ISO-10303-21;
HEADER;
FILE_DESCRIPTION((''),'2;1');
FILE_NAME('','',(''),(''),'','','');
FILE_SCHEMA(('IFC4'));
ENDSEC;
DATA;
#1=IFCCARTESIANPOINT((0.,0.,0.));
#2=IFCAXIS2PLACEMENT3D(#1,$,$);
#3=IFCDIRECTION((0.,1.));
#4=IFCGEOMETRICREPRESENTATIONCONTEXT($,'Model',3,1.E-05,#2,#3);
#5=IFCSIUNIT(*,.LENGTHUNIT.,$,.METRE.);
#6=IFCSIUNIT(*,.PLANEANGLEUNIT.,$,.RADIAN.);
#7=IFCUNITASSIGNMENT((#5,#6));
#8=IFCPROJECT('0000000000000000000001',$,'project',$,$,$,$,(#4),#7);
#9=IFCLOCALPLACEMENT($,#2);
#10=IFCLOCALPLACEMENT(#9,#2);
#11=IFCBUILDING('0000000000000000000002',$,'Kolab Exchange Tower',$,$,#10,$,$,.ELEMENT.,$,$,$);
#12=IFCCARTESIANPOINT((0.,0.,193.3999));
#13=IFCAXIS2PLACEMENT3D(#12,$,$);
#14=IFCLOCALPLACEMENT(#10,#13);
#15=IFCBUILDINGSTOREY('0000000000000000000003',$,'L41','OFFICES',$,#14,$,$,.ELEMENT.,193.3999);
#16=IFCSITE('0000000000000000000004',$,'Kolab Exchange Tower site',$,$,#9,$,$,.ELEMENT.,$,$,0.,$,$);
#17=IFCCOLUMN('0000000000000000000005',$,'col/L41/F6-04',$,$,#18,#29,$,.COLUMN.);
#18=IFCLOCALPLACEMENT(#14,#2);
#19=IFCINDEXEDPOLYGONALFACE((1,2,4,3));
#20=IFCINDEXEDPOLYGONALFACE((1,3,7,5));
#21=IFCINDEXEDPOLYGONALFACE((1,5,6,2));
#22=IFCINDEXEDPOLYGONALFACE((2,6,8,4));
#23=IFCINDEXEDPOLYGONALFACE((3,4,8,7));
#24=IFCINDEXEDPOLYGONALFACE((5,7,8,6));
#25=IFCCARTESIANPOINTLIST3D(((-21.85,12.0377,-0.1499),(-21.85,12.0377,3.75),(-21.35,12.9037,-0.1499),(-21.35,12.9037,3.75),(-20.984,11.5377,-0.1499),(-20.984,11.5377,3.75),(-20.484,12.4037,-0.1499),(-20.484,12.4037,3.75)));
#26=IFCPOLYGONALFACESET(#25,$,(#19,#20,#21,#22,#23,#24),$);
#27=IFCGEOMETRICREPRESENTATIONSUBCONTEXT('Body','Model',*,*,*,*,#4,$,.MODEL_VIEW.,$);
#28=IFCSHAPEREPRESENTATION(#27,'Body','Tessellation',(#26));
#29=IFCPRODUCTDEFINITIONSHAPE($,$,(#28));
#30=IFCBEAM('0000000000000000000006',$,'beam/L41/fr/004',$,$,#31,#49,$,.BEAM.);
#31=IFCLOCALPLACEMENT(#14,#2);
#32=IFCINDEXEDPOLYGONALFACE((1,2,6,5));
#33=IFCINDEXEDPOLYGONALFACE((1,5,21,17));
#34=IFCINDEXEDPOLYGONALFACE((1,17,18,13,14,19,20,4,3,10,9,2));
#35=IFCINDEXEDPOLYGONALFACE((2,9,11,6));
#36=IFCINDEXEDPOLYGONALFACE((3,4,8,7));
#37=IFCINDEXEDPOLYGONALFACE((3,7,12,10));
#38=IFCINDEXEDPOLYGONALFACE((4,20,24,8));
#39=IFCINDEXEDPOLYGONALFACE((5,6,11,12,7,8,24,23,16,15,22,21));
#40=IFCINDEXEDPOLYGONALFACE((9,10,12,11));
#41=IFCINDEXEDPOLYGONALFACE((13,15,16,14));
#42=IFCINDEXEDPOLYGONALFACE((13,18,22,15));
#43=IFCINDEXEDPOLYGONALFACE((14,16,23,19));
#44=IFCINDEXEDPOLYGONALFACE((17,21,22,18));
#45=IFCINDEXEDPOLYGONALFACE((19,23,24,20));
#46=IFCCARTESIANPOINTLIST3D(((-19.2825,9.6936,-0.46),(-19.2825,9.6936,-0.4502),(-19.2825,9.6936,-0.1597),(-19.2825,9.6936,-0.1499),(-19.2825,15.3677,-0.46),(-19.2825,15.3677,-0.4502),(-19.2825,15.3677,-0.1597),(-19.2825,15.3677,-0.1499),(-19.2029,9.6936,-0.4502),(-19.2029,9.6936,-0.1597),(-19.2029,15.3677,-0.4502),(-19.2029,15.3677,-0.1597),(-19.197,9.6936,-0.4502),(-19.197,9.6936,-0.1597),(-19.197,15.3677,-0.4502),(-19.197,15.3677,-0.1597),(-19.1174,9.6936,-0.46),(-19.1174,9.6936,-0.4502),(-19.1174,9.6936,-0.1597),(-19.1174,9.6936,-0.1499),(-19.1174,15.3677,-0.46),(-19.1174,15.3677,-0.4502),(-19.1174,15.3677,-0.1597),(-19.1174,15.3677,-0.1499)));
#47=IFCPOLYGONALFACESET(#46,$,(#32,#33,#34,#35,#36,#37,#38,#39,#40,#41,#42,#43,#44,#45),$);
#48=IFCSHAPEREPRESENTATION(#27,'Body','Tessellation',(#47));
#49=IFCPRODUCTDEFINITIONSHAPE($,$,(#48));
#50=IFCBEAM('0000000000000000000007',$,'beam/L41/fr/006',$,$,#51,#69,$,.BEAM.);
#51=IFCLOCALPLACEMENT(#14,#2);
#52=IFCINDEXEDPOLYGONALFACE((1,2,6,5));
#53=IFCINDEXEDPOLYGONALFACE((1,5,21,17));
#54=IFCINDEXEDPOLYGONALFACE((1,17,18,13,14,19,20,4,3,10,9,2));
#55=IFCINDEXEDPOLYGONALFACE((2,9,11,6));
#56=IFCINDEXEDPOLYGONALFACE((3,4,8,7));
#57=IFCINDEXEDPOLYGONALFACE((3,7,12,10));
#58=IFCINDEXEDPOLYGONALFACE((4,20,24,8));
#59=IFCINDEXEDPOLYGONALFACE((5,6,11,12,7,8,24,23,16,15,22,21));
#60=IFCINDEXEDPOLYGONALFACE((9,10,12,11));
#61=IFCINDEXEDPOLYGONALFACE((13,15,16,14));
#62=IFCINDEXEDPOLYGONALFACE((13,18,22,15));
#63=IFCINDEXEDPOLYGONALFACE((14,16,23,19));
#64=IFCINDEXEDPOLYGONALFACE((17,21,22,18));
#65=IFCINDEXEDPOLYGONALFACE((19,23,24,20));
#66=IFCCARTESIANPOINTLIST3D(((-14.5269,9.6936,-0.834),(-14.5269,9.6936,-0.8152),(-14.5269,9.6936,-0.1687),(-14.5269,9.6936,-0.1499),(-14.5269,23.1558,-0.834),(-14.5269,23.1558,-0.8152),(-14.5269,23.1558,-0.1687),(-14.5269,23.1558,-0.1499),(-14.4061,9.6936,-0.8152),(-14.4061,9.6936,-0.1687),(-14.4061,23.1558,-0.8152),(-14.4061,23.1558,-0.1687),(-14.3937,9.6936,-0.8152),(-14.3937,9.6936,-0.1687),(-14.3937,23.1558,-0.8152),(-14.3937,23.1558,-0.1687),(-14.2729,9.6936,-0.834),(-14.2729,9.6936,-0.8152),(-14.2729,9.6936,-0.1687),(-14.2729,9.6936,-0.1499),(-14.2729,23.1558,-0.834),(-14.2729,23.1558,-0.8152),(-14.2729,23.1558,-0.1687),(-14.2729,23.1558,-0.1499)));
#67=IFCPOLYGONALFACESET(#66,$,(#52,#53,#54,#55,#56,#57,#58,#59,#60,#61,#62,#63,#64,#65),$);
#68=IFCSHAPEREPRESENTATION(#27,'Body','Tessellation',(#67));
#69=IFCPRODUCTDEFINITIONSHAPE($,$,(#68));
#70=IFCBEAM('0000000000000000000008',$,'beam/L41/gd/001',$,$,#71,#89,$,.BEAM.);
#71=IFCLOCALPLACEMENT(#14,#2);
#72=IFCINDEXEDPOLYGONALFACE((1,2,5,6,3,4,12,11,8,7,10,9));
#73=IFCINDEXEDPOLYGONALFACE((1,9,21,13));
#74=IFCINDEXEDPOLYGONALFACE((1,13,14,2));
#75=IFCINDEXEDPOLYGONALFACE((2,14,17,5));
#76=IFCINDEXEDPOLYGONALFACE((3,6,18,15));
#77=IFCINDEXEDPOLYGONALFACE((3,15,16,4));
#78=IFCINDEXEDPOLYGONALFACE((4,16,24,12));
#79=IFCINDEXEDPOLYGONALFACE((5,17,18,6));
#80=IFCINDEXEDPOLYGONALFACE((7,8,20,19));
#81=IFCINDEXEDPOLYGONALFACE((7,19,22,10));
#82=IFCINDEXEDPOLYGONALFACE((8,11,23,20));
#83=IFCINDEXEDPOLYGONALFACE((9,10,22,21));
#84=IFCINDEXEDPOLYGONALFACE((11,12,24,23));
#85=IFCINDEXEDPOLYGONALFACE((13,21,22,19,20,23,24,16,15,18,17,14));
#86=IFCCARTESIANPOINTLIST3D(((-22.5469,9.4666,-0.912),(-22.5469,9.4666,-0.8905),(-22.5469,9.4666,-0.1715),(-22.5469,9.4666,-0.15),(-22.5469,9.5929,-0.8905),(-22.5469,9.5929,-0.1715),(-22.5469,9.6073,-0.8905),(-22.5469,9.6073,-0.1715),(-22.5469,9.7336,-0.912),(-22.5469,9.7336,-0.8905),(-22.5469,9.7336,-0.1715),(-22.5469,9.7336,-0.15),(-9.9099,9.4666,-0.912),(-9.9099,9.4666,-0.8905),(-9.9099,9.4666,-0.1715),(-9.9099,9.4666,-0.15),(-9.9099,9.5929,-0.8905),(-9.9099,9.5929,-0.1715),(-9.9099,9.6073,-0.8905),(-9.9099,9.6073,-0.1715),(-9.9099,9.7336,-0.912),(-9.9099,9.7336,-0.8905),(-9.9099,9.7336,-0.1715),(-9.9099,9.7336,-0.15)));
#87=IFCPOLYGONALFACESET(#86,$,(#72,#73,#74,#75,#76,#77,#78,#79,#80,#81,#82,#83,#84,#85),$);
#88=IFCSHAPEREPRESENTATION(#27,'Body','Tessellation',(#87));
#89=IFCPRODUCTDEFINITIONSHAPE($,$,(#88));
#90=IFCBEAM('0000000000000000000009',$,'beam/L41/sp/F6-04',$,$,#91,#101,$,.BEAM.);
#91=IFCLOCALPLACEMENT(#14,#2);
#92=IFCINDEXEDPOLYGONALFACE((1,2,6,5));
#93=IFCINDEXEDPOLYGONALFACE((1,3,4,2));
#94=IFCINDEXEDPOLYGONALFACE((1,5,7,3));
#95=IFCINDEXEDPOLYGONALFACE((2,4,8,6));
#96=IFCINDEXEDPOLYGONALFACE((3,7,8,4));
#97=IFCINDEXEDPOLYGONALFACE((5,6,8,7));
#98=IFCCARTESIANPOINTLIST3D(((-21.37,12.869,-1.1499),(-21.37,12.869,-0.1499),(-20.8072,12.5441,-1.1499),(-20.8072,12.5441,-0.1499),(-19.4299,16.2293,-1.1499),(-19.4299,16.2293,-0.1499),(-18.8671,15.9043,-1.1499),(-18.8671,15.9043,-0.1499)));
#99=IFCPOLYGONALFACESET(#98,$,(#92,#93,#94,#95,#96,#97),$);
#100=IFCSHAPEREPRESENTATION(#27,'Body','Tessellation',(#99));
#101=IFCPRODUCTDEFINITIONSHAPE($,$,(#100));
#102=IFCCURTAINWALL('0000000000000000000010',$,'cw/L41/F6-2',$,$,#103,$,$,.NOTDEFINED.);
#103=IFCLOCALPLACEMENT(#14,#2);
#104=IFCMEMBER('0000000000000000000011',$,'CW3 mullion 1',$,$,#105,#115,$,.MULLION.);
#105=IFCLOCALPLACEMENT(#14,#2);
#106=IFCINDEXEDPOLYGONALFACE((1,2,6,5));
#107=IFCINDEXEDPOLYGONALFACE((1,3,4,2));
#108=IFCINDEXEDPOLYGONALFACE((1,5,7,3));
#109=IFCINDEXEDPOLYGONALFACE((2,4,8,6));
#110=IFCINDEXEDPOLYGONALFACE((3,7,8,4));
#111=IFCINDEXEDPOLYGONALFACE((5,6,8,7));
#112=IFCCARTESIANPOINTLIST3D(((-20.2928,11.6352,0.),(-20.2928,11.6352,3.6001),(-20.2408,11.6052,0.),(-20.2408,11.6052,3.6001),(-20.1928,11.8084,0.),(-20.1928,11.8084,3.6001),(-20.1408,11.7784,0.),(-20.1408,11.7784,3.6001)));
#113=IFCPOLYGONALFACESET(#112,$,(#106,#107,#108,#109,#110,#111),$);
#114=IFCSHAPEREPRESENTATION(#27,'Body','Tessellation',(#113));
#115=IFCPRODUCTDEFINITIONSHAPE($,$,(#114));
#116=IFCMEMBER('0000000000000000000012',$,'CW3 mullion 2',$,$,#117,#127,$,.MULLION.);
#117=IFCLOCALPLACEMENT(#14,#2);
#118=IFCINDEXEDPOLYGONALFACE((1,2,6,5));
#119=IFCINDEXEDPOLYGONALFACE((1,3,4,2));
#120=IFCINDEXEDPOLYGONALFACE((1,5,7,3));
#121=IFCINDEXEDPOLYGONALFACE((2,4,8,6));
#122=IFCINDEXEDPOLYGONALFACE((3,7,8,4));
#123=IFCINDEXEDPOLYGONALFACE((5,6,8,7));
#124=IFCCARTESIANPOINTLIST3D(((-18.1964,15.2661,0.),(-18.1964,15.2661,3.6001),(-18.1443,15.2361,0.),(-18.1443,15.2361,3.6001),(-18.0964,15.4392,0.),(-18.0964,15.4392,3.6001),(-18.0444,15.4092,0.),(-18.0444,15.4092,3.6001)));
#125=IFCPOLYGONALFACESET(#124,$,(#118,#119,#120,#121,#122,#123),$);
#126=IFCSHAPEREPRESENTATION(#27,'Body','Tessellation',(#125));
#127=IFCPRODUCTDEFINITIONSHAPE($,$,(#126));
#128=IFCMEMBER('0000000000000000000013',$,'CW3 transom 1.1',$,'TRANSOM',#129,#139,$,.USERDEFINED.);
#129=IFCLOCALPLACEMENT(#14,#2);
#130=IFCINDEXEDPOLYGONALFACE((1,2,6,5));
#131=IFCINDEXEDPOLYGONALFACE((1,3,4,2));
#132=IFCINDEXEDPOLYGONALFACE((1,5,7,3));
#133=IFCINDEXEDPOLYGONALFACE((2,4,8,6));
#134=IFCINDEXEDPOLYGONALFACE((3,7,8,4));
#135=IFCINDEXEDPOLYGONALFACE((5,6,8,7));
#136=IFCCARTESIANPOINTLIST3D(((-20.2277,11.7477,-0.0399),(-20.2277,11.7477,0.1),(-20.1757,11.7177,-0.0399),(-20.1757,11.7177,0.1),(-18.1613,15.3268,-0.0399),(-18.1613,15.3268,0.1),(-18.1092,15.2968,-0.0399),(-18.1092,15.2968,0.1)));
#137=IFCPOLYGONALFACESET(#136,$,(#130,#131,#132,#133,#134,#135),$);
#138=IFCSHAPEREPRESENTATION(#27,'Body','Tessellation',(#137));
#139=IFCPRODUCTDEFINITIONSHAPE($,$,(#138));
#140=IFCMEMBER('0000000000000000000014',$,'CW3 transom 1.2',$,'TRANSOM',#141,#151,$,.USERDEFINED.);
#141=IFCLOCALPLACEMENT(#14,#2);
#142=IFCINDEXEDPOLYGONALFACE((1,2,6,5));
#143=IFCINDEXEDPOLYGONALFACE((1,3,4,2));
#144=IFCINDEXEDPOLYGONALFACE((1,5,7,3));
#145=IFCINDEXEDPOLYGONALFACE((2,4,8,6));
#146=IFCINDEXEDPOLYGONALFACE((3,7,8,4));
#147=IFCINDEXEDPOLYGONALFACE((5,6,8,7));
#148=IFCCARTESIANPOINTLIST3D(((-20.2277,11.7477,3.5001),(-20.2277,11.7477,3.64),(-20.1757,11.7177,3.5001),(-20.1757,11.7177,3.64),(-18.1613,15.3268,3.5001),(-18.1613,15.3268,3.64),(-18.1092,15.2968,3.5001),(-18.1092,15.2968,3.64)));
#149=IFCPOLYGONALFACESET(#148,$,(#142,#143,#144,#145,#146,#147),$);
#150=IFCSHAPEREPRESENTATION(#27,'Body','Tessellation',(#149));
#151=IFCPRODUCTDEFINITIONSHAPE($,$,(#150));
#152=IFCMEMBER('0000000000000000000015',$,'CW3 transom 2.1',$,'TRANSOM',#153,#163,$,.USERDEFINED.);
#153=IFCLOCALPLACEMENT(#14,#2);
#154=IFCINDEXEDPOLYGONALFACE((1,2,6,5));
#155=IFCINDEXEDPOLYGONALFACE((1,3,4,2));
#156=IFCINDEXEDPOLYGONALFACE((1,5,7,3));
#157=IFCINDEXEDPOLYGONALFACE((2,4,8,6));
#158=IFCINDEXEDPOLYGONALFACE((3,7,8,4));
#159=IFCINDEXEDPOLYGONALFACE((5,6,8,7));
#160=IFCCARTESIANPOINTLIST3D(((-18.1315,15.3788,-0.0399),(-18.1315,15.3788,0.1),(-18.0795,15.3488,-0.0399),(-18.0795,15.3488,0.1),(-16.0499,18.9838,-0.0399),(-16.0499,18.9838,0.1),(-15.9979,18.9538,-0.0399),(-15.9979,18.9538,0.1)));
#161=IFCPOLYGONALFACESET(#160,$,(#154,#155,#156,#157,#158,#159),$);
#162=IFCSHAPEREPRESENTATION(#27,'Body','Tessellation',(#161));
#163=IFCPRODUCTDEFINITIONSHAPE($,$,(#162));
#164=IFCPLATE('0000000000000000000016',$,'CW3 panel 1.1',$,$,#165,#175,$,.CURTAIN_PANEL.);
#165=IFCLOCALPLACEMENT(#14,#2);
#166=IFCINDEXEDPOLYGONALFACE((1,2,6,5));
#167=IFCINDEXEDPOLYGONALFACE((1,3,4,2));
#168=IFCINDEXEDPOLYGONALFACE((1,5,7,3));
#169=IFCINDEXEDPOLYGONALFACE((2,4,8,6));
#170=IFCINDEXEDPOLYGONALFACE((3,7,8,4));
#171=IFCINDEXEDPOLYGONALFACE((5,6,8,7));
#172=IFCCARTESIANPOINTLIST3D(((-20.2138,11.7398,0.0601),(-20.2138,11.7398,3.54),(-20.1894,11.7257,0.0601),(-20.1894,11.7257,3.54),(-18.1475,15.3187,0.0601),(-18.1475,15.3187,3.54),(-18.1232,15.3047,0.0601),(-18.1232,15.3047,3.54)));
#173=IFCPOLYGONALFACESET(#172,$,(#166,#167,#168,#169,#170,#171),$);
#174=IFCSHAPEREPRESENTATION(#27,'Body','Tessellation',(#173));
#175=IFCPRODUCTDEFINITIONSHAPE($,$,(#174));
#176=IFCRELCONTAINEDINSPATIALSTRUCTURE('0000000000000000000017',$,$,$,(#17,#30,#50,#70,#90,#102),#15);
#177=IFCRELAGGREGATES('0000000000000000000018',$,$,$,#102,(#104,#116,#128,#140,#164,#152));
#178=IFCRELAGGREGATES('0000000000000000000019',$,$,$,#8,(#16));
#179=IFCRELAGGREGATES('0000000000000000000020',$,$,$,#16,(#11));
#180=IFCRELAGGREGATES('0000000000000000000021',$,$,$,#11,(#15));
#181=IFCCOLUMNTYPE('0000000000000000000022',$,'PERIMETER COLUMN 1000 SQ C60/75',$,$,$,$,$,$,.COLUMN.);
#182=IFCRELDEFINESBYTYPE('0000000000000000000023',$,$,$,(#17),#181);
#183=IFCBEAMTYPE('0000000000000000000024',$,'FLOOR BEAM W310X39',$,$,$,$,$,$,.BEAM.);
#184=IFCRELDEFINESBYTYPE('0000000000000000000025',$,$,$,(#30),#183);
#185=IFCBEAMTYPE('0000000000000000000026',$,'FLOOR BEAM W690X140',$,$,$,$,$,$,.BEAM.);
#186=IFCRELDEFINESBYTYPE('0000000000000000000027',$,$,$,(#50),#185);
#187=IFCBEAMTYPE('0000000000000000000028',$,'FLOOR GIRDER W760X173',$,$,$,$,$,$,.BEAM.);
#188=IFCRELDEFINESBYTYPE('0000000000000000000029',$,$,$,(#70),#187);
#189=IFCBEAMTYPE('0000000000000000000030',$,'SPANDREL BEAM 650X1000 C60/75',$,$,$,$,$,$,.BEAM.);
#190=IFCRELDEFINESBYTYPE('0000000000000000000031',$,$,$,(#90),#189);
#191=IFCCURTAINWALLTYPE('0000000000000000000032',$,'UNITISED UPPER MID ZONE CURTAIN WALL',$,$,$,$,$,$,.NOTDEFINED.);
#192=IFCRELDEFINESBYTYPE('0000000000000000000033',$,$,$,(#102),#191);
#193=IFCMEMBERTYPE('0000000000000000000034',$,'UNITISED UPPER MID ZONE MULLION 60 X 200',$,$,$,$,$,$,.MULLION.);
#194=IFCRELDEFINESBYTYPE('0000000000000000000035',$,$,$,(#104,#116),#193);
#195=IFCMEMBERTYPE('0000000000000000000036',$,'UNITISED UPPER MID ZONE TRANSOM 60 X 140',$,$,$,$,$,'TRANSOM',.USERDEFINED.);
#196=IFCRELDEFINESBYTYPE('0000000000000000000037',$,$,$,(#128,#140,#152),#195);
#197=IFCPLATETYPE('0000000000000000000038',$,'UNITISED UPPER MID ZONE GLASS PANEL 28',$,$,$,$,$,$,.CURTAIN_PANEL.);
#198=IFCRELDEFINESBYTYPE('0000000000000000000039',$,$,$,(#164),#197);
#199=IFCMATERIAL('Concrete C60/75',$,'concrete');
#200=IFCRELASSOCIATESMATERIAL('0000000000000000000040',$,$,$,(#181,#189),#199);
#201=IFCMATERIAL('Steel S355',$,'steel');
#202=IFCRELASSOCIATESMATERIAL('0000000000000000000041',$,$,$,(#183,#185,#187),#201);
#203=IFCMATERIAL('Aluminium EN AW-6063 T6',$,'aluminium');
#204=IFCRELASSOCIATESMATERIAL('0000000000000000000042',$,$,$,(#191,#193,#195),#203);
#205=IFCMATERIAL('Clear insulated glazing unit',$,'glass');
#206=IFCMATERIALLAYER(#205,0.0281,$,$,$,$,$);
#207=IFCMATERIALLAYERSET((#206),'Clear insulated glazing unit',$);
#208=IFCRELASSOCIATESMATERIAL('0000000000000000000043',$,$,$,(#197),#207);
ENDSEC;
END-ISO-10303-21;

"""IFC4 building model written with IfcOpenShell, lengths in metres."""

from ifc_helpers import new_model, si_unit, direction, frame, origin, origin_2d, place, context, subcontext, project, spatial, rectangle, i_section, extrude, material, layer, layer_set, material_profile, profile_set, type_object, element, aggregate, save


model = new_model("IFC4")

# Units and contexts
model_context = context("Model", 3, precision=1e-05, world=origin(), true_north=direction((0.0, 1.0)))
body_context = subcontext(model_context, "Body", "Model", "MODEL_VIEW")
ifc_project = project(units=[si_unit("LENGTHUNIT", "METRE"), si_unit("PLANEANGLEUNIT", "RADIAN")], contexts=[model_context])

# Site, building, storey
site_placement = place(None, origin())
site = spatial("IfcSite", under=ifc_project, at=site_placement, Name="Kolab Exchange Tower site", CompositionType="ELEMENT", RefElevation=0.0)
building_placement = place(site_placement, origin())
building = spatial("IfcBuilding", under=site, at=building_placement, Name="Kolab Exchange Tower", CompositionType="ELEMENT")
storey_placement = place(building_placement, frame((0.0, 0.0, 193.3999)))
storey = spatial("IfcBuildingStorey", under=building, at=storey_placement, Name="L41", Description="OFFICES", CompositionType="ELEMENT", Elevation=193.3999)

# Column
ifc_material_1 = material(Name="Concrete C60/75", Category="concrete")
ifc_material_profile_1 = material_profile(ifc_material_1, rectangle(XDim=1.0, YDim=1.0, at=origin_2d()), Name="RC1000")
ifc_profile_set_1 = profile_set([ifc_material_profile_1], Name="Concrete C60/75")
column_type = type_object("IfcColumnType", Name="PERIMETER COLUMN 1000 SQ C60/75", PredefinedType="COLUMN", material=ifc_profile_set_1)
column_placement = place(storey_placement, frame((-21.167, 12.2207, -0.1499), z_axis=(0.0, 0.0, 1.0), x_axis=(0.5, 0.866025, 0.0)))
element("IfcColumn", 1, at=column_placement, inside=storey, type_object=column_type, Name="col/L41/F6-04", PredefinedType="COLUMN", context=body_context, shape_type="SweptSolid", body=[
    extrude(rectangle(XDim=1.0, YDim=1.0, at=origin_2d()), origin(), (0.0, 0.0, 1.0), 3.8999),
])

# Beams
ifc_material_2 = material(Name="Steel S355", Category="steel")
ifc_material_profile_2 = material_profile(ifc_material_2, i_section(OverallWidth=0.165, OverallDepth=0.3101, WebThickness=0.0059, FlangeThickness=0.0098, at=origin_2d()), Name="W310X39")
ifc_profile_set_2 = profile_set([ifc_material_profile_2], Name="Steel S355")
beam_type_1 = type_object("IfcBeamType", Name="FLOOR BEAM W310X39", PredefinedType="BEAM", material=ifc_profile_set_2)
beam_1_placement = place(storey_placement, frame((-19.2, 9.6936, -0.3049), z_axis=(0.0, 1.0, 0.0), x_axis=(-1.0, 0.0, 0.0)))
element("IfcBeam", 2, at=beam_1_placement, inside=storey, type_object=beam_type_1, Name="beam/L41/fr/004", PredefinedType="BEAM", context=body_context, shape_type="SweptSolid", body=[
    extrude(i_section(OverallWidth=0.165, OverallDepth=0.3101, WebThickness=0.0059, FlangeThickness=0.0098, at=origin_2d()), origin(), (0.0, 0.0, 1.0), 5.6741),
])
ifc_material_profile_3 = material_profile(ifc_material_2, i_section(OverallWidth=0.2539, OverallDepth=0.6841, WebThickness=0.0125, FlangeThickness=0.0188, at=origin_2d()), Name="W690X140")
ifc_profile_set_3 = profile_set([ifc_material_profile_3], Name="Steel S355")
beam_type_2 = type_object("IfcBeamType", Name="FLOOR BEAM W690X140", PredefinedType="BEAM", material=ifc_profile_set_3)
beam_2_placement = place(storey_placement, frame((-14.3999, 9.6936, -0.4919), z_axis=(0.0, 1.0, 0.0), x_axis=(-1.0, 0.0, 0.0)))
element("IfcBeam", 3, at=beam_2_placement, inside=storey, type_object=beam_type_2, Name="beam/L41/fr/006", PredefinedType="BEAM", context=body_context, shape_type="SweptSolid", body=[
    extrude(i_section(OverallWidth=0.2539, OverallDepth=0.6841, WebThickness=0.0125, FlangeThickness=0.0188, at=origin_2d()), origin(), (0.0, 0.0, 1.0), 13.4622),
])
ifc_material_profile_4 = material_profile(ifc_material_2, i_section(OverallWidth=0.2671, OverallDepth=0.762, WebThickness=0.0144, FlangeThickness=0.0215, at=origin_2d()), Name="W760X173")
ifc_profile_set_4 = profile_set([ifc_material_profile_4], Name="Steel S355")
beam_type_3 = type_object("IfcBeamType", Name="FLOOR GIRDER W760X173", PredefinedType="BEAM", material=ifc_profile_set_4)
beam_3_placement = place(storey_placement, frame((-22.5469, 9.6001, -0.531), z_axis=(1.0, 0.0, 0.0), x_axis=(0.0, 1.0, 0.0)))
element("IfcBeam", 4, at=beam_3_placement, inside=storey, type_object=beam_type_3, Name="beam/L41/gd/001", PredefinedType="BEAM", context=body_context, shape_type="SweptSolid", body=[
    extrude(i_section(OverallWidth=0.2671, OverallDepth=0.762, WebThickness=0.0144, FlangeThickness=0.0215, at=origin_2d()), origin(), (0.0, 0.0, 1.0), 12.637),
])
ifc_material_profile_5 = material_profile(ifc_material_1, rectangle(XDim=0.6499, YDim=1.0, at=origin_2d()), Name="RC650X1000")
ifc_profile_set_5 = profile_set([ifc_material_profile_5], Name="Concrete C60/75")
beam_type_4 = type_object("IfcBeamType", Name="SPANDREL BEAM 650X1000 C60/75", PredefinedType="BEAM", material=ifc_profile_set_5)
beam_4_placement = place(storey_placement, frame((-21.0886, 12.7065, -0.6499), z_axis=(0.500017, 0.866016, 0.0), x_axis=(-0.866016, 0.500017, 0.0)))
element("IfcBeam", 5, at=beam_4_placement, inside=storey, type_object=beam_type_4, Name="beam/L41/sp/F6-04", PredefinedType="BEAM", context=body_context, shape_type="SweptSolid", body=[
    extrude(rectangle(XDim=0.6499, YDim=1.0, at=origin_2d()), origin(), (0.0, 0.0, 1.0), 3.8801),
])

# Curtain wall, members, plate
ifc_material_3 = material(Name="Aluminium EN AW-6063 T6", Category="aluminium")
curtain_wall_type = type_object("IfcCurtainWallType", Name="UNITISED UPPER MID ZONE CURTAIN WALL", PredefinedType="NOTDEFINED", material=ifc_material_3)
curtain_wall_placement = place(storey_placement, origin())
curtain_wall = element("IfcCurtainWall", 6, at=curtain_wall_placement, inside=storey, type_object=curtain_wall_type, Name="cw/L41/F6-2", PredefinedType="NOTDEFINED")
ifc_material_profile_6 = material_profile(ifc_material_3, rectangle(XDim=0.0601, YDim=0.2, at=origin_2d()), Name="RECT 60X200")
ifc_profile_set_6 = profile_set([ifc_material_profile_6], Name="Aluminium EN AW-6063 T6")
member_type_1 = type_object("IfcMemberType", Name="UNITISED UPPER MID ZONE MULLION 60 X 200", PredefinedType="MULLION", material=ifc_profile_set_6)
member_1_placement = place(storey_placement, frame((-20.2168, 11.7068, 0.0), z_axis=(0.0, 0.0, 1.0), x_axis=(-0.866025, 0.5, 0.0)))
member_1 = element("IfcMember", 7, at=member_1_placement, type_object=member_type_1, Name="CW3 mullion 1", PredefinedType="MULLION", context=body_context, shape_type="SweptSolid", body=[
    extrude(rectangle(XDim=0.0601, YDim=0.2, at=origin_2d()), origin(), (0.0, 0.0, 1.0), 3.6001),
])
member_2_placement = place(storey_placement, frame((-18.1204, 15.3376, 0.0), z_axis=(0.0, 0.0, 1.0), x_axis=(-0.866025, 0.5, 0.0)))
member_2 = element("IfcMember", 8, at=member_2_placement, type_object=member_type_1, Name="CW3 mullion 2", PredefinedType="MULLION", context=body_context, shape_type="SweptSolid", body=[
    extrude(rectangle(XDim=0.0601, YDim=0.2, at=origin_2d()), origin(), (0.0, 0.0, 1.0), 3.6001),
])
ifc_material_profile_7 = material_profile(ifc_material_3, rectangle(XDim=0.0601, YDim=0.1399, at=origin_2d()), Name="RECT 60X140")
ifc_profile_set_7 = profile_set([ifc_material_profile_7], Name="Aluminium EN AW-6063 T6")
member_type_2 = type_object("IfcMemberType", Name="UNITISED UPPER MID ZONE TRANSOM 60 X 140", ElementType="TRANSOM", PredefinedType="USERDEFINED", material=ifc_profile_set_7)
member_3_placement = place(storey_placement, frame((-20.2017, 11.7327, 0.03), z_axis=(0.500002, 0.866024, 0.0), x_axis=(-0.866024, 0.500002, 0.0)))
member_3 = element("IfcMember", 9, at=member_3_placement, type_object=member_type_2, Name="CW3 transom 1.1", ObjectType="TRANSOM", PredefinedType="USERDEFINED", context=body_context, shape_type="SweptSolid", body=[
    extrude(rectangle(XDim=0.0601, YDim=0.1399, at=origin_2d()), origin(), (0.0, 0.0, 1.0), 4.1328),
])
member_4_placement = place(storey_placement, frame((-20.2017, 11.7327, 3.5701), z_axis=(0.500002, 0.866024, 0.0), x_axis=(-0.866024, 0.500002, 0.0)))
member_4 = element("IfcMember", 10, at=member_4_placement, type_object=member_type_2, Name="CW3 transom 1.2", ObjectType="TRANSOM", PredefinedType="USERDEFINED", context=body_context, shape_type="SweptSolid", body=[
    extrude(rectangle(XDim=0.0601, YDim=0.1399, at=origin_2d()), origin(), (0.0, 0.0, 1.0), 4.1328),
])
member_5_placement = place(storey_placement, frame((-18.1055, 15.3638, 0.03), z_axis=(0.500037, 0.866004, 0.0), x_axis=(-0.866004, 0.500037, 0.0)))
member_5 = element("IfcMember", 11, at=member_5_placement, type_object=member_type_2, Name="CW3 transom 2.1", ObjectType="TRANSOM", PredefinedType="USERDEFINED", context=body_context, shape_type="SweptSolid", body=[
    extrude(rectangle(XDim=0.0601, YDim=0.1399, at=origin_2d()), origin(), (0.0, 0.0, 1.0), 4.1628),
])
ifc_material_4 = material(Name="Clear insulated glazing unit", Category="glass")
ifc_layer_1 = layer(ifc_material_4, 0.0281)
ifc_layer_set_1 = layer_set([ifc_layer_1], Name="Clear insulated glazing unit")
plate_type = type_object("IfcPlateType", Name="UNITISED UPPER MID ZONE GLASS PANEL 28", PredefinedType="CURTAIN_PANEL", material=ifc_layer_set_1)
plate_placement = place(storey_placement, frame((-19.1685, 13.5222, 0.0601), z_axis=(0.0, 0.0, 1.0), x_axis=(0.5, 0.866025, 0.0)))
plate = element("IfcPlate", 12, at=plate_placement, type_object=plate_type, Name="CW3 panel 1.1", PredefinedType="CURTAIN_PANEL", context=body_context, shape_type="SweptSolid", body=[
    extrude(rectangle(XDim=4.1326, YDim=0.0281, at=origin_2d()), origin(), (0.0, 0.0, 1.0), 3.48),
])
aggregate(curtain_wall, [member_1, member_2, member_3, member_4, plate, member_5])

save(model, "model.ifc")
